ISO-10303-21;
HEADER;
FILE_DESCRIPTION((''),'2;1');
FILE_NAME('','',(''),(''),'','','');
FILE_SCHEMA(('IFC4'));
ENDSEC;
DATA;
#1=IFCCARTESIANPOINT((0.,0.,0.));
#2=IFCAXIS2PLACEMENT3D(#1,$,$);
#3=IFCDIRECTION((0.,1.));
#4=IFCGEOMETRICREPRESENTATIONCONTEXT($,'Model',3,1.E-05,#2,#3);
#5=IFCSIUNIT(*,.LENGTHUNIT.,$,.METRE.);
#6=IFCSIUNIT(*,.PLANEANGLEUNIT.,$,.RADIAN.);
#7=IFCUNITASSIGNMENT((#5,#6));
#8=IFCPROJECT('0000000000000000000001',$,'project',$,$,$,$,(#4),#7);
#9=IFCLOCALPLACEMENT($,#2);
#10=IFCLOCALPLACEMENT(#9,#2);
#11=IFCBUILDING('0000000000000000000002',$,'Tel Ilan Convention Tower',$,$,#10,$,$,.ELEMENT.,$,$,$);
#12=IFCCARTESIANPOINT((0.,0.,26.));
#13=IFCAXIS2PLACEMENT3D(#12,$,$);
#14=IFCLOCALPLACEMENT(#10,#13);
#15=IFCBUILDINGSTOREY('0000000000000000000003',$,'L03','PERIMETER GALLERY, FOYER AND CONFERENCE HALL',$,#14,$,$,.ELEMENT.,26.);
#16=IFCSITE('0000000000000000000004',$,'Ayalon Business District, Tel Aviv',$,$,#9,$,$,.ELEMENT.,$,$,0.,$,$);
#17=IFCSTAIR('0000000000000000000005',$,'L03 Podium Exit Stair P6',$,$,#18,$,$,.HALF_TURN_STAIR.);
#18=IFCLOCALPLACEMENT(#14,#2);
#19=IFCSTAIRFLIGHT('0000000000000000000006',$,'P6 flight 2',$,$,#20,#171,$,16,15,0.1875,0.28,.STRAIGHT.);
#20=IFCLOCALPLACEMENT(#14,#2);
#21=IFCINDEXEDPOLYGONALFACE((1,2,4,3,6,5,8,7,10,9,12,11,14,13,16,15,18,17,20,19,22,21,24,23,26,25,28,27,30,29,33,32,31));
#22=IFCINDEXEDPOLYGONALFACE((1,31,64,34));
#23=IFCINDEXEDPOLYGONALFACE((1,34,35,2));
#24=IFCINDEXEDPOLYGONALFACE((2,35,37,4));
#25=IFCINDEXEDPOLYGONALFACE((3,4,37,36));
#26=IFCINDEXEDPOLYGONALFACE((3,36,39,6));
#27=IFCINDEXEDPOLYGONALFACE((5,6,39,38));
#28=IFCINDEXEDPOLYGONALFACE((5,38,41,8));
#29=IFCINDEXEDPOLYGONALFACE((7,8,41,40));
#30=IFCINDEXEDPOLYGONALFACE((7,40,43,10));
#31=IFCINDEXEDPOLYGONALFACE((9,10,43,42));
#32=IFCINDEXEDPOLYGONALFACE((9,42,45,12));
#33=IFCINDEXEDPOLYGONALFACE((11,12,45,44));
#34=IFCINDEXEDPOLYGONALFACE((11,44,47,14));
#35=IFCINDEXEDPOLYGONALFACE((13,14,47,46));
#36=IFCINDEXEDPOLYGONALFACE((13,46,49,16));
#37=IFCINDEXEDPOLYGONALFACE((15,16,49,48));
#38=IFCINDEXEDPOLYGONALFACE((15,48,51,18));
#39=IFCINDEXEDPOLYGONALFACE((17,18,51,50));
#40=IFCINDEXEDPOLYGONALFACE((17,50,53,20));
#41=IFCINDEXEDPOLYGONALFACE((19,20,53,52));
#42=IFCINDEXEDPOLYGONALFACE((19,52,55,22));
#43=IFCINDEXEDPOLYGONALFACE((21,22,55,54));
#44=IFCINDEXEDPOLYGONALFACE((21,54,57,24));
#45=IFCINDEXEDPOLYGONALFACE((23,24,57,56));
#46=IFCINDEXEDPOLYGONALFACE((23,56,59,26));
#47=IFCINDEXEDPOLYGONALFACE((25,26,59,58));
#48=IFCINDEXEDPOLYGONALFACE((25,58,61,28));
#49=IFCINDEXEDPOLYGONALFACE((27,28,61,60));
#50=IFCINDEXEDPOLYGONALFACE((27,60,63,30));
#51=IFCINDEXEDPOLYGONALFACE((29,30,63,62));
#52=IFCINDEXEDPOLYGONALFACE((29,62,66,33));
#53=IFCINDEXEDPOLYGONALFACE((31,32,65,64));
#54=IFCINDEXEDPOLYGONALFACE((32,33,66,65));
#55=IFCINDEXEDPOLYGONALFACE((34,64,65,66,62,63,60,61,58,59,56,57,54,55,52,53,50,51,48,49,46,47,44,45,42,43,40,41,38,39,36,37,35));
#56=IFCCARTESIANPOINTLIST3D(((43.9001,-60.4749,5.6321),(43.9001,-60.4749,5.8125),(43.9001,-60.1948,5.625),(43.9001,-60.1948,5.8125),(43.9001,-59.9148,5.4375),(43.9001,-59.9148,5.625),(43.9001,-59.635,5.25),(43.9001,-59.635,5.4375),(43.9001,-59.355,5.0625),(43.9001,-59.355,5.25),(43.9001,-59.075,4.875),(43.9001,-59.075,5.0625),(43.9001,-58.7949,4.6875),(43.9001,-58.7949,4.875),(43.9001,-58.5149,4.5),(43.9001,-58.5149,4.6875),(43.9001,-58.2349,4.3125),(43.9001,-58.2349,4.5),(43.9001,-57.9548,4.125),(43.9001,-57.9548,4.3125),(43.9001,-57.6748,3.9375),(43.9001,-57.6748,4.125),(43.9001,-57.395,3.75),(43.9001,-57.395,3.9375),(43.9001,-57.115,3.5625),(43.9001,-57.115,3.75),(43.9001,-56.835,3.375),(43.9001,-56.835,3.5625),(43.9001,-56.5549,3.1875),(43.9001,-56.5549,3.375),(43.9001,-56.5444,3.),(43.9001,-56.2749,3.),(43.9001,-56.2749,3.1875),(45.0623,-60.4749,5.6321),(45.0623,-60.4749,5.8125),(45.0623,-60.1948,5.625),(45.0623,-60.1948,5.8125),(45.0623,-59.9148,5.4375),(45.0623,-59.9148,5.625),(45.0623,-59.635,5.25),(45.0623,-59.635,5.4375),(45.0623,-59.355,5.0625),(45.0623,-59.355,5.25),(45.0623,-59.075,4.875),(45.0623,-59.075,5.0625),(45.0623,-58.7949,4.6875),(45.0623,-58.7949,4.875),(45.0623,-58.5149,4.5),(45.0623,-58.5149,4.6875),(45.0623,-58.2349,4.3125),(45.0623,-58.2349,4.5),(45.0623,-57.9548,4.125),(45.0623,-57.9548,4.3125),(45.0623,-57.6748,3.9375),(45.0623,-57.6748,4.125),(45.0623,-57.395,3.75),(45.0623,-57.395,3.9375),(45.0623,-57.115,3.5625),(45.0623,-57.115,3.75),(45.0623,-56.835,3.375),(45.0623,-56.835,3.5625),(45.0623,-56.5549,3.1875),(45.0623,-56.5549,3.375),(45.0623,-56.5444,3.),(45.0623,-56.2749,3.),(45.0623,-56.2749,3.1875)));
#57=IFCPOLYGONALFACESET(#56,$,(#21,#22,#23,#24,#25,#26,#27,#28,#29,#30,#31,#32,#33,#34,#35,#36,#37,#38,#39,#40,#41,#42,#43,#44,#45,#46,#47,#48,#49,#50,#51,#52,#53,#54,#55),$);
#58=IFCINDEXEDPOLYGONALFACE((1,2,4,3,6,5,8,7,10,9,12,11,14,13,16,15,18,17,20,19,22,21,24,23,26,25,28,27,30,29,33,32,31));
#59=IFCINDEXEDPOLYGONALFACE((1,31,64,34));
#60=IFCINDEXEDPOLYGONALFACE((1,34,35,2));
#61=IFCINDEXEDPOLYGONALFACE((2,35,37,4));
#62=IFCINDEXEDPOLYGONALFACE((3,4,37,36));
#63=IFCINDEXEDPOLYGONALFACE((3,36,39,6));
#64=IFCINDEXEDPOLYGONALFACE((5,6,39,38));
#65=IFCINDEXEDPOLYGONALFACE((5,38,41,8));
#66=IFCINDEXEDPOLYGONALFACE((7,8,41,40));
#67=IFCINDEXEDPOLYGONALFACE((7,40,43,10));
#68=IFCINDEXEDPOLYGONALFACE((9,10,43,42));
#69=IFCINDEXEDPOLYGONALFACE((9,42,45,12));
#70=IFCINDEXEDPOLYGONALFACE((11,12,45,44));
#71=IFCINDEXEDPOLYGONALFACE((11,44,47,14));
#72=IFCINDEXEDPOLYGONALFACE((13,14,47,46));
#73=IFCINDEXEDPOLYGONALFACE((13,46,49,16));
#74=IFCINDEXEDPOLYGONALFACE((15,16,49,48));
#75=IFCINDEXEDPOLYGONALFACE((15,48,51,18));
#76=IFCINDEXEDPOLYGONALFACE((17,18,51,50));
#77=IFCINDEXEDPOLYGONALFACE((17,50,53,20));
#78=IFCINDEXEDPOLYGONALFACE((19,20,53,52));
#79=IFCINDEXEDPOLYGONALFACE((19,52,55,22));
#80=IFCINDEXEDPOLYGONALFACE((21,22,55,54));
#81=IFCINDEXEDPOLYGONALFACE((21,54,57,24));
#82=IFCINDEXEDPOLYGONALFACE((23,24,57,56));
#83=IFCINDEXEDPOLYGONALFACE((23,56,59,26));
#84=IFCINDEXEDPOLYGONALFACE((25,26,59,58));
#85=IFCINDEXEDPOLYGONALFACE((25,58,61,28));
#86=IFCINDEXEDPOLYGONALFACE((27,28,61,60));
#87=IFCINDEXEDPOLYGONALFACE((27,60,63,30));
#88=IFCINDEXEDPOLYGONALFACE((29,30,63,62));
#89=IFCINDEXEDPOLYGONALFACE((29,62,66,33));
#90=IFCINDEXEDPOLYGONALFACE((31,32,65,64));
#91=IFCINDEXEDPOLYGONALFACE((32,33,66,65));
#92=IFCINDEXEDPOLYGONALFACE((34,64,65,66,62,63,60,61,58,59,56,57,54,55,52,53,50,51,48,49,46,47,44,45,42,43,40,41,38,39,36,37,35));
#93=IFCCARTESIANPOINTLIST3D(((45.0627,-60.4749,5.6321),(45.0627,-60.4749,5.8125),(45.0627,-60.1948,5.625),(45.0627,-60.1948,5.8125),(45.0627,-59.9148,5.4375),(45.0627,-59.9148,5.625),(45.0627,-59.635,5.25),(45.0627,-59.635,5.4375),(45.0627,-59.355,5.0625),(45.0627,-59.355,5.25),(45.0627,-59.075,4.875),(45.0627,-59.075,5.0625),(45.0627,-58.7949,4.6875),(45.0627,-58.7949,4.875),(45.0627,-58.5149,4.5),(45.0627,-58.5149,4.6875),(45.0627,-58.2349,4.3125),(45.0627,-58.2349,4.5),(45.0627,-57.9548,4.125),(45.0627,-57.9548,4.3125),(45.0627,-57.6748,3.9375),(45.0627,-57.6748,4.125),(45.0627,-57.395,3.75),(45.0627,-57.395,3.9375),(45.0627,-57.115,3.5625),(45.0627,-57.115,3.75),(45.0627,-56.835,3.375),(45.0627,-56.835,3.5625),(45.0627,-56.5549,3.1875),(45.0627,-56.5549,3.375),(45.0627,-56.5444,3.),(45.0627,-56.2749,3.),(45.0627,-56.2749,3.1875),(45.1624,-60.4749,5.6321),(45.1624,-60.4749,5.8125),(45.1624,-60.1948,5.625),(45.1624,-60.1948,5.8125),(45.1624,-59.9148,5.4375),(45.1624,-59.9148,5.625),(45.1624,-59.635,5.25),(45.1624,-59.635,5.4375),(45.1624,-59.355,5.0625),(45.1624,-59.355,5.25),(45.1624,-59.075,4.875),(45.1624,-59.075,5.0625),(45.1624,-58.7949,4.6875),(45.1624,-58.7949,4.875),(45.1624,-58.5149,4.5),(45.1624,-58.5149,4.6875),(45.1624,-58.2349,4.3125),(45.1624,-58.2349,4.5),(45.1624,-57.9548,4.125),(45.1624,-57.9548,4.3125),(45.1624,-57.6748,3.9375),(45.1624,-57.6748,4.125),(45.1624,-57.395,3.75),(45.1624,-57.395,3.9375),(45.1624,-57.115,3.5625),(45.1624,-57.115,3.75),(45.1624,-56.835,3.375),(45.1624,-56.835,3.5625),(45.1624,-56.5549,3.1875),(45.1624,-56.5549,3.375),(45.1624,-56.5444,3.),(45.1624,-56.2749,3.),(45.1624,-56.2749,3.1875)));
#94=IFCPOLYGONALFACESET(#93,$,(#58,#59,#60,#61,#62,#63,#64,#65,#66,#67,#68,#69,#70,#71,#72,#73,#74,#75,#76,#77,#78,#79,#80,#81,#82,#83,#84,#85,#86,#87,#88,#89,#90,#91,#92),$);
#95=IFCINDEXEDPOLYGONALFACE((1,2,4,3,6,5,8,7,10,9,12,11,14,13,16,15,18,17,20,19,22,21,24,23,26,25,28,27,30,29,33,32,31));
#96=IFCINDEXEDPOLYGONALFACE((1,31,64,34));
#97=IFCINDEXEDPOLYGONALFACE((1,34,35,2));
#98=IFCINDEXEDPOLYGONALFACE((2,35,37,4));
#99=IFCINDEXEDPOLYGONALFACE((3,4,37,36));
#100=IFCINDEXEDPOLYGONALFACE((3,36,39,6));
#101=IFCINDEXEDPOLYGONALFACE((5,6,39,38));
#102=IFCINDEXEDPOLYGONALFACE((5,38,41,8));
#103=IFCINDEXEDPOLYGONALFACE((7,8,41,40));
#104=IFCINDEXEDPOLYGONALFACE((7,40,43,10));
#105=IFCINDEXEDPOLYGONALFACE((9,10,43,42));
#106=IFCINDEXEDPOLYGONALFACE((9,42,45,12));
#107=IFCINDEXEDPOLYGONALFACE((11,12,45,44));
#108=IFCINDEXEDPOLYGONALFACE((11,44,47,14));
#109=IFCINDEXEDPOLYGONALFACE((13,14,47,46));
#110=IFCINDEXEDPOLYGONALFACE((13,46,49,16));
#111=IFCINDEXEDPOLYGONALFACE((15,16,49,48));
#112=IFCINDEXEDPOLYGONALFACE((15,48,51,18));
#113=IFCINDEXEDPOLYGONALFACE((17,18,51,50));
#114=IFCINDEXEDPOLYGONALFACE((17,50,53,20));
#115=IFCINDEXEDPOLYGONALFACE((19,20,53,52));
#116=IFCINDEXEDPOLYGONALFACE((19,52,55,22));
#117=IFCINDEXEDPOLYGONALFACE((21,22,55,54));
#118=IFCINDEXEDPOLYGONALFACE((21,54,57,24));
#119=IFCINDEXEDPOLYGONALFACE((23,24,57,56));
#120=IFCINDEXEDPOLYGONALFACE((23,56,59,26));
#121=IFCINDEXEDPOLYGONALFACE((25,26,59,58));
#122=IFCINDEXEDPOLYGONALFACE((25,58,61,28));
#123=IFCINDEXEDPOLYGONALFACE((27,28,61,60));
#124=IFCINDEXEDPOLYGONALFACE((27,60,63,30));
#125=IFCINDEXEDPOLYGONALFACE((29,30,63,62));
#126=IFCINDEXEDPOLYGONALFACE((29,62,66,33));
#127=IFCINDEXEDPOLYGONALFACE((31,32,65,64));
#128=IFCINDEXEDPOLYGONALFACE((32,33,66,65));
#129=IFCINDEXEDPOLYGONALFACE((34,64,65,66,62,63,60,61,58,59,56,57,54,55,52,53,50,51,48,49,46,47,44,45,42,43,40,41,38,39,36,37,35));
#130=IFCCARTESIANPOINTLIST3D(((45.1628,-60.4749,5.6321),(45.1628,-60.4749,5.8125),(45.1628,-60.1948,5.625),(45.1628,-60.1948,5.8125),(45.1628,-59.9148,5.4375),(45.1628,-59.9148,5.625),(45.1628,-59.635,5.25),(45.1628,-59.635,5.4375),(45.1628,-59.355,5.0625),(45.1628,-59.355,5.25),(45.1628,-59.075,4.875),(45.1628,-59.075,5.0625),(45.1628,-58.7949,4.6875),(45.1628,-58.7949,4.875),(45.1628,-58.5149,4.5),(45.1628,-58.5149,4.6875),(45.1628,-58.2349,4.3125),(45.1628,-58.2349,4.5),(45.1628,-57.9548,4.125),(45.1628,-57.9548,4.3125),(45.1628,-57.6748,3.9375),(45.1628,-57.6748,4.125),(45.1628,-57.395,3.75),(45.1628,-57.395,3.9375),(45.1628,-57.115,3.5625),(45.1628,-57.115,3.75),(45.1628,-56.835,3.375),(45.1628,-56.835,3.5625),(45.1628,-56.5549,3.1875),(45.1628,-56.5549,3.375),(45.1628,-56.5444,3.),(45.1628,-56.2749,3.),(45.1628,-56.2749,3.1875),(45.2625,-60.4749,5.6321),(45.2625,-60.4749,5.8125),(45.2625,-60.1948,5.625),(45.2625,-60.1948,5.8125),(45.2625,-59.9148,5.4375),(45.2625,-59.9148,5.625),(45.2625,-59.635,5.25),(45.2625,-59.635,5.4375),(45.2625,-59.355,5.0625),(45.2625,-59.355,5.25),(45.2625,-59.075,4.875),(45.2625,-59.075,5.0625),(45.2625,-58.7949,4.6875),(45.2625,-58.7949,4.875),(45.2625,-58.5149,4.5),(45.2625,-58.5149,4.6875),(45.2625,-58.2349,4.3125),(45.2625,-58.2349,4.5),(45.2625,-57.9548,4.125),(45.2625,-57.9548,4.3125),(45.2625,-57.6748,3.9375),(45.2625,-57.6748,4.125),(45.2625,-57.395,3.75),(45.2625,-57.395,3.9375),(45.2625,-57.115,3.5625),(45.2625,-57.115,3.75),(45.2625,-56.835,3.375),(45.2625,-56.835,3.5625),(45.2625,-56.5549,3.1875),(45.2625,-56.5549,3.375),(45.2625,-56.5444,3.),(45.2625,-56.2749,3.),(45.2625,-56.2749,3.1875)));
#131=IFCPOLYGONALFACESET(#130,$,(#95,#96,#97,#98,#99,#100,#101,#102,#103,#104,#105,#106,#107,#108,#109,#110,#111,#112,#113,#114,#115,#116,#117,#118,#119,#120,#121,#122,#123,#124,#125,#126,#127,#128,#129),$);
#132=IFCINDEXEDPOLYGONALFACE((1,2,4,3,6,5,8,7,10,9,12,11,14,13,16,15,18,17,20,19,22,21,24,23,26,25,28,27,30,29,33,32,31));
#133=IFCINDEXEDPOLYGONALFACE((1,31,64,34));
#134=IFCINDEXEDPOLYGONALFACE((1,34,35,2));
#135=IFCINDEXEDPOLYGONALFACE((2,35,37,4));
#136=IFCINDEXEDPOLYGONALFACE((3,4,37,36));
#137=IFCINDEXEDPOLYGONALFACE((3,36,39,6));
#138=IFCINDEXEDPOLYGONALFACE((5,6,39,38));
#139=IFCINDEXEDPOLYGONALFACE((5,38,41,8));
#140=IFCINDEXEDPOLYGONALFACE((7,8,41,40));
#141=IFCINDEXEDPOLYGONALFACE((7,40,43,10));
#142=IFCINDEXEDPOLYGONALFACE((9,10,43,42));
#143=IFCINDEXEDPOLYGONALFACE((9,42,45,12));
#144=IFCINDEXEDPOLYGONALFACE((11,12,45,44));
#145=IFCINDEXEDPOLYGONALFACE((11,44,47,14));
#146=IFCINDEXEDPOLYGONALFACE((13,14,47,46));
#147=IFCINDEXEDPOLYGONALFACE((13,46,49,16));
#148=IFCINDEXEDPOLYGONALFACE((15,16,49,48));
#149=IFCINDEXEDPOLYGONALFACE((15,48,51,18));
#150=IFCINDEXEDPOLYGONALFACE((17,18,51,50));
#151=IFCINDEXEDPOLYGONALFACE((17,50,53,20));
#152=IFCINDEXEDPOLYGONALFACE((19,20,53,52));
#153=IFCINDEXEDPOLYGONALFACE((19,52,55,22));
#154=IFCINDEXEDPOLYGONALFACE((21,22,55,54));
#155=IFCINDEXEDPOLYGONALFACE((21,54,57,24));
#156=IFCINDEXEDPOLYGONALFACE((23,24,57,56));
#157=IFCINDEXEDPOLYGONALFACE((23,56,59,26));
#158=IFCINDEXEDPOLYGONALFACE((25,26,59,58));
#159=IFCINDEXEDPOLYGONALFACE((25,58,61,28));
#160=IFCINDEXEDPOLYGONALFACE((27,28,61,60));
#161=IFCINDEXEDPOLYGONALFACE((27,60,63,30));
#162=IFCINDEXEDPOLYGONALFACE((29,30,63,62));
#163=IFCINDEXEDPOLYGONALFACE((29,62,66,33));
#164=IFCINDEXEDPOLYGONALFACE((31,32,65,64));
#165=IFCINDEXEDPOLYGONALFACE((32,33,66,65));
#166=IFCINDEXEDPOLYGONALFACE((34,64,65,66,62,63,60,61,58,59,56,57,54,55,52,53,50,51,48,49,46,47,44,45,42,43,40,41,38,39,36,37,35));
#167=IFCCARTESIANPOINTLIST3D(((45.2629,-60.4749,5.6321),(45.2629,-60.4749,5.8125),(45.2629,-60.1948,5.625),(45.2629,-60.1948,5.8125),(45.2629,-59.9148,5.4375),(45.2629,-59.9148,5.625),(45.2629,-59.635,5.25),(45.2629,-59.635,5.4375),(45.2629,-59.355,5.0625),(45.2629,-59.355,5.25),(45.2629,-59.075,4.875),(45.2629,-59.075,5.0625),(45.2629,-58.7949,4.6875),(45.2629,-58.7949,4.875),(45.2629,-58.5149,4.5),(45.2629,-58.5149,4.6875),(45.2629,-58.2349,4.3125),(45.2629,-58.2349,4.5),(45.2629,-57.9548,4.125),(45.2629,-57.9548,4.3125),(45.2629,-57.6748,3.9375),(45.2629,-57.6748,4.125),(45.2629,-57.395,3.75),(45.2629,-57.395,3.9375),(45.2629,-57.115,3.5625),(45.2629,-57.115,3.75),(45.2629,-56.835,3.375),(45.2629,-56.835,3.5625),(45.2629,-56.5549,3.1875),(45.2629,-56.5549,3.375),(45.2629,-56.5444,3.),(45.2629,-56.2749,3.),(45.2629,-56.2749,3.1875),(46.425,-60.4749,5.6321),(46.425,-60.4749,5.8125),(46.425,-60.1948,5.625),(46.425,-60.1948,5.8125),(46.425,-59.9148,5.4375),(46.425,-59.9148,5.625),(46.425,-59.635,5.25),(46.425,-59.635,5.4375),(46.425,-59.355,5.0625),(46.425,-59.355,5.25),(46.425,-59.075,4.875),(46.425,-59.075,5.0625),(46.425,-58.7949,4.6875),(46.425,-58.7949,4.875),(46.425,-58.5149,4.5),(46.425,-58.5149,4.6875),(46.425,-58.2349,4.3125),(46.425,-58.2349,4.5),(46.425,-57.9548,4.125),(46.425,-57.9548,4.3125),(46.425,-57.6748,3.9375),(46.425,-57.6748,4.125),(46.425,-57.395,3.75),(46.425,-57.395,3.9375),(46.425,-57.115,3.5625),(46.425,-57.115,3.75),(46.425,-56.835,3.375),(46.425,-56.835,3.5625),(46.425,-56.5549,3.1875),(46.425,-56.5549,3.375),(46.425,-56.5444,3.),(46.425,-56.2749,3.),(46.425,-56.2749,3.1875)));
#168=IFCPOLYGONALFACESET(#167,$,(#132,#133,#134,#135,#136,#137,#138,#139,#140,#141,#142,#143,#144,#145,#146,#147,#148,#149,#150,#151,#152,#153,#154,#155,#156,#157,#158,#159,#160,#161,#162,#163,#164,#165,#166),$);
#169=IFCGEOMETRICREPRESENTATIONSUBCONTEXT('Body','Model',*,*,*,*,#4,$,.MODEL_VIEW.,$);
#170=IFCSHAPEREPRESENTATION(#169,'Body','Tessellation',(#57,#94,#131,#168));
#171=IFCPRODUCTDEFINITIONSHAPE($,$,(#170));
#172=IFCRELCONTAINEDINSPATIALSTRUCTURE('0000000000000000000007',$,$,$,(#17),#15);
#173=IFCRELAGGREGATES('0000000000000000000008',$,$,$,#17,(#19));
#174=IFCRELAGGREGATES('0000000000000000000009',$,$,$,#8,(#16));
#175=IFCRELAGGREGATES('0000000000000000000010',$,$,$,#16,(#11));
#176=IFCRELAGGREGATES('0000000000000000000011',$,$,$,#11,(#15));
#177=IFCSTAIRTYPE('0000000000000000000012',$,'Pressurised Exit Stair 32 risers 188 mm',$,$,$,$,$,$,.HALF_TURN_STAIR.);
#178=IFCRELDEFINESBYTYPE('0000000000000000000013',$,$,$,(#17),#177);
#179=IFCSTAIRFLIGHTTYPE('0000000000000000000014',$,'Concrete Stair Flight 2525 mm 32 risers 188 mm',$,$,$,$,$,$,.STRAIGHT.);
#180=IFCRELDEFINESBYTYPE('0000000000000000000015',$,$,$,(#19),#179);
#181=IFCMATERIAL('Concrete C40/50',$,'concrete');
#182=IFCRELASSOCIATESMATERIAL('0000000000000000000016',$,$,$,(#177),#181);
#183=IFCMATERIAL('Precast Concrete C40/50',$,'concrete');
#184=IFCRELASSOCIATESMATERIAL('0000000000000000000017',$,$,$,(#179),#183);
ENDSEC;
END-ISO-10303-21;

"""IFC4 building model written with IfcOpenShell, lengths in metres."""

from ifc_helpers import new_model, si_unit, direction, frame, origin, place, context, subcontext, project, spatial, polyline, outline, extrude, material, type_object, element, aggregate, save


model = new_model("IFC4")

# Units and contexts
model_context = context("Model", 3, precision=1e-05, world=origin(), true_north=direction((0.0, 1.0)))
body_context = subcontext(model_context, "Body", "Model", "MODEL_VIEW")
ifc_project = project(units=[si_unit("LENGTHUNIT", "METRE"), si_unit("PLANEANGLEUNIT", "RADIAN")], contexts=[model_context])

# Site, building, storey
site_placement = place(None, origin())
site = spatial("IfcSite", under=ifc_project, at=site_placement, Name="Ayalon Business District, Tel Aviv", CompositionType="ELEMENT", RefElevation=0.0)
building_placement = place(site_placement, origin())
building = spatial("IfcBuilding", under=site, at=building_placement, Name="Tel Ilan Convention Tower", CompositionType="ELEMENT")
storey_placement = place(building_placement, frame((0.0, 0.0, 26.0)))
storey = spatial("IfcBuildingStorey", under=building, at=storey_placement, Name="L03", Description="PERIMETER GALLERY, FOYER AND CONFERENCE HALL", CompositionType="ELEMENT", Elevation=26.0)

# Stair, stair flight
ifc_material_1 = material(Name="Concrete C40/50", Category="concrete")
stair_type = type_object("IfcStairType", Name="Pressurised Exit Stair 32 risers 188 mm", PredefinedType="HALF_TURN_STAIR", material=ifc_material_1)
stair_1_placement = place(storey_placement, origin())
stair_1 = element("IfcStair", 1, at=stair_1_placement, inside=storey, type_object=stair_type, Name="L03 Podium Exit Stair P6", PredefinedType="HALF_TURN_STAIR")
ifc_material_2 = material(Name="Precast Concrete C40/50", Category="concrete")
stair_flight_type = type_object("IfcStairFlightType", Name="Concrete Stair Flight 2525 mm 32 risers 188 mm", PredefinedType="STRAIGHT", material=ifc_material_2)
stair_flight_1_placement = place(storey_placement, frame((45.1626, -56.2749, 3.0), z_axis=(0.0, 0.0, 1.0), x_axis=(0.0, -1.0, 0.0)))
stair_flight_1 = element("IfcStairFlight", 2, at=stair_flight_1_placement, type_object=stair_flight_type, Name="P6 flight 2", NumberOfRisers=16, NumberOfTreads=15, PredefinedType="STRAIGHT", RiserHeight=0.1875, TreadLength=0.28, context=body_context, shape_type="SweptSolid", body=[
    extrude(outline(polyline([(0.0, 0.0), (0.0, 0.1875), (0.28, 0.1875), (0.28, 0.375), (0.5601, 0.375), (0.5601, 0.5625), (0.8401, 0.5625), (0.8401, 0.75), (1.1201, 0.75), (1.1201, 0.9375), (1.3999, 0.9375), (1.3999, 1.125), (1.6799, 1.125), (1.6799, 1.3125), (1.96, 1.3125), (1.96, 1.5), (2.24, 1.5), (2.24, 1.6875), (2.52, 1.6875), (2.52, 1.875), (2.8, 1.875), (2.8, 2.0625), (3.0801, 2.0625), (3.0801, 2.25), (3.3601, 2.25), (3.3601, 2.4375), (3.6399, 2.4375), (3.6399, 2.625), (3.9199, 2.625), (3.9199, 2.8125), (4.2, 2.8125), (4.2, 3.0), (4.2, 2.6321), (0.2695, 0.0), (0.0, 0.0)])), frame((0.0, -0.1003, 0.0), z_axis=(0.0, -1.0, 0.0), x_axis=(1.0, 0.0, 0.0)), (0.0, 0.0, 1.0), 1.1621),
    extrude(outline(polyline([(0.0, 0.0), (0.0, 0.1875), (0.28, 0.1875), (0.28, 0.375), (0.5601, 0.375), (0.5601, 0.5625), (0.8401, 0.5625), (0.8401, 0.75), (1.1201, 0.75), (1.1201, 0.9375), (1.3999, 0.9375), (1.3999, 1.125), (1.6799, 1.125), (1.6799, 1.3125), (1.96, 1.3125), (1.96, 1.5), (2.24, 1.5), (2.24, 1.6875), (2.52, 1.6875), (2.52, 1.875), (2.8, 1.875), (2.8, 2.0625), (3.0801, 2.0625), (3.0801, 2.25), (3.3601, 2.25), (3.3601, 2.4375), (3.6399, 2.4375), (3.6399, 2.625), (3.9199, 2.625), (3.9199, 2.8125), (4.2, 2.8125), (4.2, 3.0), (4.2, 2.6321), (0.2695, 0.0), (0.0, 0.0)])), frame((0.0, -0.0002, 0.0), z_axis=(0.0, -1.0, 0.0), x_axis=(1.0, 0.0, 0.0)), (0.0, 0.0, 1.0), 0.0996),
    extrude(outline(polyline([(0.0, 0.0), (0.0, 0.1875), (0.28, 0.1875), (0.28, 0.375), (0.5601, 0.375), (0.5601, 0.5625), (0.8401, 0.5625), (0.8401, 0.75), (1.1201, 0.75), (1.1201, 0.9375), (1.3999, 0.9375), (1.3999, 1.125), (1.6799, 1.125), (1.6799, 1.3125), (1.96, 1.3125), (1.96, 1.5), (2.24, 1.5), (2.24, 1.6875), (2.52, 1.6875), (2.52, 1.875), (2.8, 1.875), (2.8, 2.0625), (3.0801, 2.0625), (3.0801, 2.25), (3.3601, 2.25), (3.3601, 2.4375), (3.6399, 2.4375), (3.6399, 2.625), (3.9199, 2.625), (3.9199, 2.8125), (4.2, 2.8125), (4.2, 3.0), (4.2, 2.6321), (0.2695, 0.0), (0.0, 0.0)])), frame((0.0, 0.0999, 0.0), z_axis=(0.0, -1.0, 0.0), x_axis=(1.0, 0.0, 0.0)), (0.0, 0.0, 1.0), 0.0996),
    extrude(outline(polyline([(0.0, 0.0), (0.0, 0.1875), (0.28, 0.1875), (0.28, 0.375), (0.5601, 0.375), (0.5601, 0.5625), (0.8401, 0.5625), (0.8401, 0.75), (1.1201, 0.75), (1.1201, 0.9375), (1.3999, 0.9375), (1.3999, 1.125), (1.6799, 1.125), (1.6799, 1.3125), (1.96, 1.3125), (1.96, 1.5), (2.24, 1.5), (2.24, 1.6875), (2.52, 1.6875), (2.52, 1.875), (2.8, 1.875), (2.8, 2.0625), (3.0801, 2.0625), (3.0801, 2.25), (3.3601, 2.25), (3.3601, 2.4375), (3.6399, 2.4375), (3.6399, 2.625), (3.9199, 2.625), (3.9199, 2.8125), (4.2, 2.8125), (4.2, 3.0), (4.2, 2.6321), (0.2695, 0.0), (0.0, 0.0)])), frame((0.0, 1.2625, 0.0), z_axis=(0.0, -1.0, 0.0), x_axis=(1.0, 0.0, 0.0)), (0.0, 0.0, 1.0), 1.1621),
])
aggregate(stair_1, [stair_flight_1])

save(model, "model.ifc")
